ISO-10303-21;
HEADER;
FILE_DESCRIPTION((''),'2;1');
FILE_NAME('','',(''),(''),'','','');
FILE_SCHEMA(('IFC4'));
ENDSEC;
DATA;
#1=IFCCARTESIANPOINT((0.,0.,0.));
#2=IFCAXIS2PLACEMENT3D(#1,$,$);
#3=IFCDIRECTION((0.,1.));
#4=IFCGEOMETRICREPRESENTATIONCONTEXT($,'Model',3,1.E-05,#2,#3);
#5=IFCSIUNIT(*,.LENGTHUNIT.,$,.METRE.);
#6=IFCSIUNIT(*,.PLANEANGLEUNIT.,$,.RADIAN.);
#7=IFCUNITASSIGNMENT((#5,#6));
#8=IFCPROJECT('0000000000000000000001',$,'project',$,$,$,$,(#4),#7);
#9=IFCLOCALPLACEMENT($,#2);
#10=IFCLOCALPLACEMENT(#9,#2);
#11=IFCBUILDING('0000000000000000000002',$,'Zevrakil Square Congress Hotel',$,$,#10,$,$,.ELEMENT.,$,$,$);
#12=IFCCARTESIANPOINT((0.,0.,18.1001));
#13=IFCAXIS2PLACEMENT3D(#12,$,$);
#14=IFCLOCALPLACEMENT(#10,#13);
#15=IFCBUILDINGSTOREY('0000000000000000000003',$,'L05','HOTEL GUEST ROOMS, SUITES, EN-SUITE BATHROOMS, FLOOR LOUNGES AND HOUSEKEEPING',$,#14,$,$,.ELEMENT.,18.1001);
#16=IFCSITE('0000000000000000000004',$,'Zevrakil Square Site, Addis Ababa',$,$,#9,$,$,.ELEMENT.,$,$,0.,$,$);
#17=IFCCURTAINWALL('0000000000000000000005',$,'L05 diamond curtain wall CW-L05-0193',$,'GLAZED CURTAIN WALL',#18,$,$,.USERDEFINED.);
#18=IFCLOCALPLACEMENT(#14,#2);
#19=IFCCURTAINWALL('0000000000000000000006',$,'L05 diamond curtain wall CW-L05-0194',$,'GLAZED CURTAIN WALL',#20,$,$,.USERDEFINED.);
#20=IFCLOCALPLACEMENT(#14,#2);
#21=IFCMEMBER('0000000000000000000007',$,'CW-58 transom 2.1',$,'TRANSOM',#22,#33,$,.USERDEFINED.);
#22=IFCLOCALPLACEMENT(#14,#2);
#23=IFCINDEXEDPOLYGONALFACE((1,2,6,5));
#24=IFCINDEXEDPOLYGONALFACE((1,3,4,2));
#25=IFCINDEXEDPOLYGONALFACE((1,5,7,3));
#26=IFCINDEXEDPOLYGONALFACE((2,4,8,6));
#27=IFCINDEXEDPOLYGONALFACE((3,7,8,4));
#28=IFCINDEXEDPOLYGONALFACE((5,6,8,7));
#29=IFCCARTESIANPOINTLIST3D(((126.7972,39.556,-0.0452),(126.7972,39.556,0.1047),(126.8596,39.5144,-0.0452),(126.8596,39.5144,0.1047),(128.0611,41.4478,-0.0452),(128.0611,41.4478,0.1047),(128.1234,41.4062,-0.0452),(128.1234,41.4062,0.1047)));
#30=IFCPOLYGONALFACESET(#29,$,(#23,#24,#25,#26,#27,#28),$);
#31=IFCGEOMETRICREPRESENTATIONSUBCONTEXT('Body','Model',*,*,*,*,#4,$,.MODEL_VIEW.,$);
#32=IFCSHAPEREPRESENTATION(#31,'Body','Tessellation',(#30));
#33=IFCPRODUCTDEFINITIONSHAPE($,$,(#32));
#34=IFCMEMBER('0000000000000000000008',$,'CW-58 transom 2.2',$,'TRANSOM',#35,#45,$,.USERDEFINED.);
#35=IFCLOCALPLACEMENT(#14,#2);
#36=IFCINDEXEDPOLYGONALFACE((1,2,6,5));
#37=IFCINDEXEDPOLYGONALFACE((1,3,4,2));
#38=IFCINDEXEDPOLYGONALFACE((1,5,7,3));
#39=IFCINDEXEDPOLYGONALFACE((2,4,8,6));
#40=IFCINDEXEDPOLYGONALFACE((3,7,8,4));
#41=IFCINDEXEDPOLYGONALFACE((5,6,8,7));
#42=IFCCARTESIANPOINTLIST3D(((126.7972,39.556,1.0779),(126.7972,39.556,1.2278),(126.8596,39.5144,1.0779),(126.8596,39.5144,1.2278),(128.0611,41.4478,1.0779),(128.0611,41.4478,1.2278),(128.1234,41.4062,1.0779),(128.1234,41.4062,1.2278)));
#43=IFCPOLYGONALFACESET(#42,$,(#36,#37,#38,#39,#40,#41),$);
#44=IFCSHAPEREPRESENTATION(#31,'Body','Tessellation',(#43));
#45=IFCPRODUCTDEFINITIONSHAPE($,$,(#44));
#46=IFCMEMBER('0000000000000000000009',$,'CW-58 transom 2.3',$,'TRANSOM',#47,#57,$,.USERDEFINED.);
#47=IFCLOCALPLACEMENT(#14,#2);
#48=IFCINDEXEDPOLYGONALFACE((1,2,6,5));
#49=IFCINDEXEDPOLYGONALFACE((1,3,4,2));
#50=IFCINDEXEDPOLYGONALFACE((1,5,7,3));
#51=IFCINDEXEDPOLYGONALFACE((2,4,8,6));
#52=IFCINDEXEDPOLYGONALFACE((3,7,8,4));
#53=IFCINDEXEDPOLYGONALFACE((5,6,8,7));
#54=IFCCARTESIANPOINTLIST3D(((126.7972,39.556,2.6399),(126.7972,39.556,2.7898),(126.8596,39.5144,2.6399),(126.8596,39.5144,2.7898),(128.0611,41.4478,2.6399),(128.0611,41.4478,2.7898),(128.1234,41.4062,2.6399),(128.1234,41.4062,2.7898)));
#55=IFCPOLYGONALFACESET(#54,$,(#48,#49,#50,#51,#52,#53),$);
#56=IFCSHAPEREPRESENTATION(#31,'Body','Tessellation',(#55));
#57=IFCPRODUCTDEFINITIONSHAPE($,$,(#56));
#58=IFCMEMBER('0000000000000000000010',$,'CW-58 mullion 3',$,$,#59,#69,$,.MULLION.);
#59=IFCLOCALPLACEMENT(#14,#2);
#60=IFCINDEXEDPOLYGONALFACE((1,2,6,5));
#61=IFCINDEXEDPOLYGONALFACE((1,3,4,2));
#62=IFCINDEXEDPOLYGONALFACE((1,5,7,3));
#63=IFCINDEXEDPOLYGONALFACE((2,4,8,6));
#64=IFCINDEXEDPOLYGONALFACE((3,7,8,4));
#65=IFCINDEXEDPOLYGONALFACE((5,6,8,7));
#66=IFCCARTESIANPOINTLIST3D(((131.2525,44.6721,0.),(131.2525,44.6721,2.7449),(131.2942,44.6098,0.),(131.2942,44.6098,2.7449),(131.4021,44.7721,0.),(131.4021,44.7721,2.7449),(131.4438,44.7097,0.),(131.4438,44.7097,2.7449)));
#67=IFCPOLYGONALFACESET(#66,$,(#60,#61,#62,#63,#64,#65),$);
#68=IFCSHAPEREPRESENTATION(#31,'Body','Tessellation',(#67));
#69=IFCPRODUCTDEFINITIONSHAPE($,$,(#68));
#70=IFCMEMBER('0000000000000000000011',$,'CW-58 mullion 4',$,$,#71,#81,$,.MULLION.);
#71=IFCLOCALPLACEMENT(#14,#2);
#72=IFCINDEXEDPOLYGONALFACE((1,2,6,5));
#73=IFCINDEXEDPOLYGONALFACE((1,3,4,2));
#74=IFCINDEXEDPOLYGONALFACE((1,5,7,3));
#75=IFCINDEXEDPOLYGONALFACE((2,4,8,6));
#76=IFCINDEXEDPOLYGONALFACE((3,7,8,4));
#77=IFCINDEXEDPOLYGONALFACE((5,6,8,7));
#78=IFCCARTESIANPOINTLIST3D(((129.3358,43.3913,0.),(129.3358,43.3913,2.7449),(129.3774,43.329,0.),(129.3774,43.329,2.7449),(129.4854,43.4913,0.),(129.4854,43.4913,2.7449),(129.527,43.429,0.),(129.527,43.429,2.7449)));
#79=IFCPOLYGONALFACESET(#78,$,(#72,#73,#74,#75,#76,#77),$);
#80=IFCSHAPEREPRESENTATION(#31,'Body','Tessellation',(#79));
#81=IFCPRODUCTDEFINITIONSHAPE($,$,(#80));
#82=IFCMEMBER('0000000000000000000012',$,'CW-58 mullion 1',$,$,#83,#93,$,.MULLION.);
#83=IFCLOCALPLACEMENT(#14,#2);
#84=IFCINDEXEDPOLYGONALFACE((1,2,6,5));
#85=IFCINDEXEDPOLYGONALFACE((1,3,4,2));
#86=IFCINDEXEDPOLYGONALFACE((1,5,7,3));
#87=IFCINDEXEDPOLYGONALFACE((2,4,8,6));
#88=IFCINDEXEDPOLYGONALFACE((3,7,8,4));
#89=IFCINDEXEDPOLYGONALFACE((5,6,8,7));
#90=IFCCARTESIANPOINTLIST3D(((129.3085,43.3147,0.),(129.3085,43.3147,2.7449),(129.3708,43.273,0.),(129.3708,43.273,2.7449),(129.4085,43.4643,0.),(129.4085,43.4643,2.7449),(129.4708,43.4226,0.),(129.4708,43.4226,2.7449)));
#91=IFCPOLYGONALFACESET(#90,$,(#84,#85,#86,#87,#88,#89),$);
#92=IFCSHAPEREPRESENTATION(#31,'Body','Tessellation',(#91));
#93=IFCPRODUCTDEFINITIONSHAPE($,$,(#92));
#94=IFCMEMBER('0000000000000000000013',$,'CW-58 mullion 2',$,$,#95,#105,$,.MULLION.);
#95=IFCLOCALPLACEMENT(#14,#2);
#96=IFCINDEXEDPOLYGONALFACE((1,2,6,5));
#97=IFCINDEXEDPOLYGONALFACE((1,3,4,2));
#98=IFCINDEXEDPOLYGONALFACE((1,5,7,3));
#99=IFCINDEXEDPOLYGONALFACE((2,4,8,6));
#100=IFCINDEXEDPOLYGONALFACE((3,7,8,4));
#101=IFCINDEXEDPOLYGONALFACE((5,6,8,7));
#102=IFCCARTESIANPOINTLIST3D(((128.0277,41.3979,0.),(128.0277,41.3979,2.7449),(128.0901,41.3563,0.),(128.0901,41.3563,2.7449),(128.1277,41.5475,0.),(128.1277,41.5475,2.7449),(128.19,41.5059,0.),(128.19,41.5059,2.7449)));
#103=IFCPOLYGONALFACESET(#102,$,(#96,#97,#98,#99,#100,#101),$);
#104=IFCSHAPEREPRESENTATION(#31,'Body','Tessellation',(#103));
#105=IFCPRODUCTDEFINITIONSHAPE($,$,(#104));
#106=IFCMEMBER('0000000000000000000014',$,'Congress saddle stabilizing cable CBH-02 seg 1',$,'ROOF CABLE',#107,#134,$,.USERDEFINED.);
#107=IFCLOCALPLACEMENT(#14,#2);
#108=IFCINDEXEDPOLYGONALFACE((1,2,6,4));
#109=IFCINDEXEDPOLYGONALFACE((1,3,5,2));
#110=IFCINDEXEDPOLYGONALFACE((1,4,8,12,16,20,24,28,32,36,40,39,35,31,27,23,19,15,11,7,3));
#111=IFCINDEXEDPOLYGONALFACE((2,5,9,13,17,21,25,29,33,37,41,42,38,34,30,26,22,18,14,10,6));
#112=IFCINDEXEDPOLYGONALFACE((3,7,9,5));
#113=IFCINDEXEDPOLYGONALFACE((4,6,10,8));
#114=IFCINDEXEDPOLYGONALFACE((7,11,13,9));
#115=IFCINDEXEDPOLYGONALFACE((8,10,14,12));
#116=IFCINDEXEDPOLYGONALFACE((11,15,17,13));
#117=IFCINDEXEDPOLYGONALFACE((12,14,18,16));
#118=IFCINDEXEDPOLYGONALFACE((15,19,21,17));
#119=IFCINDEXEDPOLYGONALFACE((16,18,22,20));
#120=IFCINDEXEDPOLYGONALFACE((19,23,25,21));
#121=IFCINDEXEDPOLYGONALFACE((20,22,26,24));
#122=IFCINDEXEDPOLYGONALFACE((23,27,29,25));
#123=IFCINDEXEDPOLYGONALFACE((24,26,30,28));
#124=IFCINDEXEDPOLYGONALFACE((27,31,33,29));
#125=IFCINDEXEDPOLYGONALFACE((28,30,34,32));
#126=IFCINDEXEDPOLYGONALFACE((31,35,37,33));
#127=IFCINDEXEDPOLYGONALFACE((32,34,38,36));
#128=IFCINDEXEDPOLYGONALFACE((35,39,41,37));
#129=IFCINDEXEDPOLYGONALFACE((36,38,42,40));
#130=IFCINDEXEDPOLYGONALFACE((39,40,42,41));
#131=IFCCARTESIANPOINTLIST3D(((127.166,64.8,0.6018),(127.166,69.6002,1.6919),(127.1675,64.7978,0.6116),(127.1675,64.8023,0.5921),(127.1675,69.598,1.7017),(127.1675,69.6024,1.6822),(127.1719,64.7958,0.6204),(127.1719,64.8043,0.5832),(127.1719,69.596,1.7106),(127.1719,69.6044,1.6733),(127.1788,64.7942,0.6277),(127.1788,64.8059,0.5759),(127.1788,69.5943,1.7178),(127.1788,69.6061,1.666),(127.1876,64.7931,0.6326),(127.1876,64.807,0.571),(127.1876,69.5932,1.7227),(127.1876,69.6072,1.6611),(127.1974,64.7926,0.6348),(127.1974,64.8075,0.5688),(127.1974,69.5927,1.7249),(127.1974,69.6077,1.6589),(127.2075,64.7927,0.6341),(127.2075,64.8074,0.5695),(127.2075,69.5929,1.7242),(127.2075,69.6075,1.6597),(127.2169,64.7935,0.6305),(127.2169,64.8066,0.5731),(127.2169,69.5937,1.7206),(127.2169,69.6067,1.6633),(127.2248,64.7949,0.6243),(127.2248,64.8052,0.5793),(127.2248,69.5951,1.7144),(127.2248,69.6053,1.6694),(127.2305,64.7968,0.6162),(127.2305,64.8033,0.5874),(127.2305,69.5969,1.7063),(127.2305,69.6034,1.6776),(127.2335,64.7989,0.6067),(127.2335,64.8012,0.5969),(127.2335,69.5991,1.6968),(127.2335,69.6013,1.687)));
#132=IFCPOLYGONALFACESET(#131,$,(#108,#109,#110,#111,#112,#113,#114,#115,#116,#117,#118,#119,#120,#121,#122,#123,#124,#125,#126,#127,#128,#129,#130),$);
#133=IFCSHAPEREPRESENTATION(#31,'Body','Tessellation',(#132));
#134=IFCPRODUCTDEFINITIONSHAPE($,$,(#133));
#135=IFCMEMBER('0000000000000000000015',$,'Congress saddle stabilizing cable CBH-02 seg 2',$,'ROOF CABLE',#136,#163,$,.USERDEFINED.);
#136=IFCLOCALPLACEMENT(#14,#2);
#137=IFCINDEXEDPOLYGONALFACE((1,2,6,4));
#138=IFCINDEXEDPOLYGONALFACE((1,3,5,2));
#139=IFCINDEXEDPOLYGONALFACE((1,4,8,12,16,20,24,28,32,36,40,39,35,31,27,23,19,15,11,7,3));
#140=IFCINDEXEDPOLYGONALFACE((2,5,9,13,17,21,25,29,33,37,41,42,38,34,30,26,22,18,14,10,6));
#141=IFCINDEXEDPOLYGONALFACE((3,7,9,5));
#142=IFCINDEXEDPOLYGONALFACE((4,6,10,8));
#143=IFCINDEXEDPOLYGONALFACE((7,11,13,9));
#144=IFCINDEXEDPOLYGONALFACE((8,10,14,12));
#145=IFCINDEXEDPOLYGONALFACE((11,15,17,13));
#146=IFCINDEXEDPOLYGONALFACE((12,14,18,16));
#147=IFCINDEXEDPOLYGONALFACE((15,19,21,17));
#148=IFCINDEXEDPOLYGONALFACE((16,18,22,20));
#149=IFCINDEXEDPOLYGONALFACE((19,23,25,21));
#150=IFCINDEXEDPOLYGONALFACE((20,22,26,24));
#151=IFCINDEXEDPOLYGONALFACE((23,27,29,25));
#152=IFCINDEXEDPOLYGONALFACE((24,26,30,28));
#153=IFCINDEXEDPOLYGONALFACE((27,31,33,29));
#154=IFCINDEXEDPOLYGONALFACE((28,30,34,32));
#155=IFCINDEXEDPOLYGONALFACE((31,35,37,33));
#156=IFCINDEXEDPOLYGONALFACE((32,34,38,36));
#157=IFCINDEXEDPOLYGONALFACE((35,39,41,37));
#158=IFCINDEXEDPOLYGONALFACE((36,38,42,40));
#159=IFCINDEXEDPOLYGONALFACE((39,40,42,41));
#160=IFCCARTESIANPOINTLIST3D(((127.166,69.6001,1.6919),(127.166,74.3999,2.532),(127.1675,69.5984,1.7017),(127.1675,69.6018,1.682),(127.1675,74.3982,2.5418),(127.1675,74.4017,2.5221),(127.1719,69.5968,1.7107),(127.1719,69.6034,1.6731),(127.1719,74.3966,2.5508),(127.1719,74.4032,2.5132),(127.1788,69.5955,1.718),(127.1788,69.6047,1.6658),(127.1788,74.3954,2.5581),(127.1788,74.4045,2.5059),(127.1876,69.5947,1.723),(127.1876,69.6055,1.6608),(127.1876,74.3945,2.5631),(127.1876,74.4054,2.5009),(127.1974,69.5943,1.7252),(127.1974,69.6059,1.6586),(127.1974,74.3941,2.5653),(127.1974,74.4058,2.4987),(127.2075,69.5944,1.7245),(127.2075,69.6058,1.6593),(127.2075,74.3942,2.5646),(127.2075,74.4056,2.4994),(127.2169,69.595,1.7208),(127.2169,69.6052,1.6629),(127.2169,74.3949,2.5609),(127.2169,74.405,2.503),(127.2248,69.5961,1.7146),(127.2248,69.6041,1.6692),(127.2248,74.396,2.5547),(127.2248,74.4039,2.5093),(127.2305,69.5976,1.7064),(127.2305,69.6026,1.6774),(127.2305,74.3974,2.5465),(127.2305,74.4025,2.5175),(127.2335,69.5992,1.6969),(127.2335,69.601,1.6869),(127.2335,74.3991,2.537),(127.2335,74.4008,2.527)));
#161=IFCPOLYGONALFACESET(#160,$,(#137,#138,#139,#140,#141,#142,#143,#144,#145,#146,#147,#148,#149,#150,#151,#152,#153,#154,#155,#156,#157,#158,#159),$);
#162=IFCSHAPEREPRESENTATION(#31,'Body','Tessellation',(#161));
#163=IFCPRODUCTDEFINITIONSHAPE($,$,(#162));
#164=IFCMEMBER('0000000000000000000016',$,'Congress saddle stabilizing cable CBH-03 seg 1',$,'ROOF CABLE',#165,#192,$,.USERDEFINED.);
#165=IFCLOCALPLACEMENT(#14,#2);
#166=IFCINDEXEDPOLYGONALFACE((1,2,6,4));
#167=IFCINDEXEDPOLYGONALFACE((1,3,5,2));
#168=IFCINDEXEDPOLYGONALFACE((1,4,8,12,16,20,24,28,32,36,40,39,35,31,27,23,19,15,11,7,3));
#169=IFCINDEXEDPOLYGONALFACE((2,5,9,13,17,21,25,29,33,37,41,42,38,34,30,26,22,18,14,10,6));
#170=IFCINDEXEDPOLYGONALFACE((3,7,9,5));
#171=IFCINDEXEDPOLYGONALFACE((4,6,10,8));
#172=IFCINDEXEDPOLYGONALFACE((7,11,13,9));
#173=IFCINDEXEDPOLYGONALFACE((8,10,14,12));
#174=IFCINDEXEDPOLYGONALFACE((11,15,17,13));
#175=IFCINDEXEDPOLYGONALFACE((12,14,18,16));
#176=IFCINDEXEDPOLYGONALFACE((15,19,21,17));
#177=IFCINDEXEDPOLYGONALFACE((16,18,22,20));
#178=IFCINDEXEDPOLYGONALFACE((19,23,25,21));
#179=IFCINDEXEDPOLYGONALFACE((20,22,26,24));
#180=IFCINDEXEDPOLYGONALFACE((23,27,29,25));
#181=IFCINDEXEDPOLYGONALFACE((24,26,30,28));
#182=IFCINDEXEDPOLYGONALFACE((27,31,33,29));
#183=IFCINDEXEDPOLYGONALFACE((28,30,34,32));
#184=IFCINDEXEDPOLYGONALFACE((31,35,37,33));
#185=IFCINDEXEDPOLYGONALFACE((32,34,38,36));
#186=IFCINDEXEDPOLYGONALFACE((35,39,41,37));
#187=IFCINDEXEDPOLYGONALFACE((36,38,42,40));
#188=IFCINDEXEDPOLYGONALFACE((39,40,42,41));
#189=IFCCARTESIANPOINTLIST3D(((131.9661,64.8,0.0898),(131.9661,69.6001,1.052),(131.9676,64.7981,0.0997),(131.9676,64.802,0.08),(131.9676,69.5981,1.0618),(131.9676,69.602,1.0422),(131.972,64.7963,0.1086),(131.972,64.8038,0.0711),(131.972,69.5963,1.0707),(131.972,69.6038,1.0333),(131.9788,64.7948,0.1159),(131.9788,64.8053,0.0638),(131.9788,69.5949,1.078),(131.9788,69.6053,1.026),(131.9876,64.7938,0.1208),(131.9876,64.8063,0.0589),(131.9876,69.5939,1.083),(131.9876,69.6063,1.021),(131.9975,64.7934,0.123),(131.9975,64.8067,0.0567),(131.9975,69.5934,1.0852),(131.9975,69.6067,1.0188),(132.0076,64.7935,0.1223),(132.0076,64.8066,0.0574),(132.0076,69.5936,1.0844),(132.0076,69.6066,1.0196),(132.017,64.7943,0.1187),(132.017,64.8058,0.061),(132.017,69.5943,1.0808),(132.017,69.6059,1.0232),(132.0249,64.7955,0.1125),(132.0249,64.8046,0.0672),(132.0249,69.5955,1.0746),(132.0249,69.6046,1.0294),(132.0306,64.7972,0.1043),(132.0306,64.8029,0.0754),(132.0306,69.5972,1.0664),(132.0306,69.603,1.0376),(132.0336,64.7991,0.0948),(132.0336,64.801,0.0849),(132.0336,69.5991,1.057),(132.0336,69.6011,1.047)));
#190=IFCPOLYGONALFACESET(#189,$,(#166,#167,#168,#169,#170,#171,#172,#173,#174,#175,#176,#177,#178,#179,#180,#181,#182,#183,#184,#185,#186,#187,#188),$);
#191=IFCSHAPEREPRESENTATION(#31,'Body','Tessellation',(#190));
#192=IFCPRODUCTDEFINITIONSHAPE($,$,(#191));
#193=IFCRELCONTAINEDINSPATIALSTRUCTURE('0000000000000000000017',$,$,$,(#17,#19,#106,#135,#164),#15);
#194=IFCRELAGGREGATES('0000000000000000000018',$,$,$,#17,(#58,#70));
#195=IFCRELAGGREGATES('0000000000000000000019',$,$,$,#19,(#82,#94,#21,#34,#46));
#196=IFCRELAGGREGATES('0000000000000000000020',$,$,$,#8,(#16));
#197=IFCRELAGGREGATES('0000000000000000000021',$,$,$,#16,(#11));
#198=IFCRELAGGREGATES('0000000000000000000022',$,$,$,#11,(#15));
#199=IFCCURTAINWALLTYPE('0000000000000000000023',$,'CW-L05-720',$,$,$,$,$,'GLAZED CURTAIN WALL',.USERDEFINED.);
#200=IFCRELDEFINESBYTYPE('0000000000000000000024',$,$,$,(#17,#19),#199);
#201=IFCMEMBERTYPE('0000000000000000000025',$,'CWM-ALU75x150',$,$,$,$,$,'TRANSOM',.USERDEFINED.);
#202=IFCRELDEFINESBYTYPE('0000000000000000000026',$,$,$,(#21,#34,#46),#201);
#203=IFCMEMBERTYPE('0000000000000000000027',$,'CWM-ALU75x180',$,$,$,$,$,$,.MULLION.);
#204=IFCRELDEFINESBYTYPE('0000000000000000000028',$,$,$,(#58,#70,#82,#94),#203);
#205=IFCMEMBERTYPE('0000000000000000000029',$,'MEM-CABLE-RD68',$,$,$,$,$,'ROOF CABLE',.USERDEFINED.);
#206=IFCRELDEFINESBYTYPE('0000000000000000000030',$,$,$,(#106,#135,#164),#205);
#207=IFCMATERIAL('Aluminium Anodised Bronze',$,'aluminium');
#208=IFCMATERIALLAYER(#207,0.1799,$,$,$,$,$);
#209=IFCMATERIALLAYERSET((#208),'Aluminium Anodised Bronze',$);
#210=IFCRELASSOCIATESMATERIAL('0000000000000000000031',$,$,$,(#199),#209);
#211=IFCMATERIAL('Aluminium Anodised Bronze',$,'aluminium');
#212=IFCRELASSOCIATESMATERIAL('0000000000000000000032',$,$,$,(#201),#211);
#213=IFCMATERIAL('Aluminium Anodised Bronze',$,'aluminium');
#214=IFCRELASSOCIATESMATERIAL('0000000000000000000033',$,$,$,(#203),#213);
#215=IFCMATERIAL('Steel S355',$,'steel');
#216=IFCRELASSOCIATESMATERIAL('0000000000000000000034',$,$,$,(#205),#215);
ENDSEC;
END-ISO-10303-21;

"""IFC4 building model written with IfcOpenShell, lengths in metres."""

from ifc_helpers import new_model, si_unit, direction, frame, origin, origin_2d, place, context, subcontext, project, spatial, rectangle, circle, extrude, material, layer, layer_set, material_profile, profile_set, type_object, element, aggregate, save


model = new_model("IFC4")

# Units and contexts
model_context = context("Model", 3, precision=1e-05, world=origin(), true_north=direction((0.0, 1.0)))
body_context = subcontext(model_context, "Body", "Model", "MODEL_VIEW")
ifc_project = project(units=[si_unit("LENGTHUNIT", "METRE"), si_unit("PLANEANGLEUNIT", "RADIAN")], contexts=[model_context])

# Site, building, storey
site_placement = place(None, origin())
site = spatial("IfcSite", under=ifc_project, at=site_placement, Name="Zevrakil Square Site, Addis Ababa", CompositionType="ELEMENT", RefElevation=0.0)
building_placement = place(site_placement, origin())
building = spatial("IfcBuilding", under=site, at=building_placement, Name="Zevrakil Square Congress Hotel", CompositionType="ELEMENT")
storey_placement = place(building_placement, frame((0.0, 0.0, 18.1001)))
storey = spatial("IfcBuildingStorey", under=building, at=storey_placement, Name="L05", Description="HOTEL GUEST ROOMS, SUITES, EN-SUITE BATHROOMS, FLOOR LOUNGES AND HOUSEKEEPING", CompositionType="ELEMENT", Elevation=18.1001)

# Curtain walls, members
ifc_material_1 = material(Name="Aluminium Anodised Bronze", Category="aluminium")
ifc_layer_1 = layer(ifc_material_1, 0.1799)
ifc_layer_set_1 = layer_set([ifc_layer_1], Name="Aluminium Anodised Bronze")
curtain_wall_type = type_object("IfcCurtainWallType", Name="CW-L05-720", ElementType="GLAZED CURTAIN WALL", PredefinedType="USERDEFINED", material=ifc_layer_set_1)
curtain_wall_1_placement = place(storey_placement, origin())
curtain_wall_1 = element("IfcCurtainWall", 1, at=curtain_wall_1_placement, inside=storey, type_object=curtain_wall_type, Name="L05 diamond curtain wall CW-L05-0193", ObjectType="GLAZED CURTAIN WALL", PredefinedType="USERDEFINED")
ifc_material_2 = material(Name="Aluminium Anodised Bronze", Category="aluminium")
ifc_material_profile_1 = material_profile(ifc_material_2, rectangle(XDim=0.075, YDim=0.1499, at=origin_2d()), Name="ALU 75x150")
ifc_profile_set_1 = profile_set([ifc_material_profile_1], Name="Aluminium Anodised Bronze")
member_type_1 = type_object("IfcMemberType", Name="CWM-ALU75x150", ElementType="TRANSOM", PredefinedType="USERDEFINED", material=ifc_profile_set_1)
curtain_wall_2_placement = place(storey_placement, origin())
curtain_wall_2 = element("IfcCurtainWall", 2, at=curtain_wall_2_placement, inside=storey, type_object=curtain_wall_type, Name="L05 diamond curtain wall CW-L05-0194", ObjectType="GLAZED CURTAIN WALL", PredefinedType="USERDEFINED")
member_1_placement = place(storey_placement, frame((128.0923, 41.427, 0.0298), z_axis=(-0.555517, -0.831505, 0.0), x_axis=(0.831505, -0.555517, 0.0)))
member_1 = element("IfcMember", 3, at=member_1_placement, type_object=member_type_1, Name="CW-58 transom 2.1", ObjectType="TRANSOM", PredefinedType="USERDEFINED", context=body_context, shape_type="SweptSolid", body=[
    extrude(rectangle(XDim=0.075, YDim=0.1499, at=origin_2d()), origin(), (0.0, 0.0, 1.0), 2.2751),
])
member_2_placement = place(storey_placement, frame((128.0923, 41.427, 1.1528), z_axis=(-0.555517, -0.831505, 0.0), x_axis=(0.831505, -0.555517, 0.0)))
member_2 = element("IfcMember", 4, at=member_2_placement, type_object=member_type_1, Name="CW-58 transom 2.2", ObjectType="TRANSOM", PredefinedType="USERDEFINED", context=body_context, shape_type="SweptSolid", body=[
    extrude(rectangle(XDim=0.075, YDim=0.1499, at=origin_2d()), origin(), (0.0, 0.0, 1.0), 2.2751),
])
member_3_placement = place(storey_placement, frame((128.0923, 41.427, 2.7148), z_axis=(-0.555517, -0.831505, 0.0), x_axis=(0.831505, -0.555517, 0.0)))
member_3 = element("IfcMember", 5, at=member_3_placement, type_object=member_type_1, Name="CW-58 transom 2.3", ObjectType="TRANSOM", PredefinedType="USERDEFINED", context=body_context, shape_type="SweptSolid", body=[
    extrude(rectangle(XDim=0.075, YDim=0.1499, at=origin_2d()), origin(), (0.0, 0.0, 1.0), 2.2751),
])

# Members
ifc_material_3 = material(Name="Aluminium Anodised Bronze", Category="aluminium")
ifc_material_profile_2 = material_profile(ifc_material_3, rectangle(XDim=0.075, YDim=0.1799, at=origin_2d()), Name="ALU 75x180")
ifc_profile_set_2 = profile_set([ifc_material_profile_2], Name="Aluminium Anodised Bronze")
member_type_2 = type_object("IfcMemberType", Name="CWM-ALU75x180", PredefinedType="MULLION", material=ifc_profile_set_2)
member_4_placement = place(storey_placement, frame((131.3481, 44.6909, 0.0), z_axis=(0.0, 0.0, 1.0), x_axis=(0.555576, -0.831466, 0.0)))
member_4 = element("IfcMember", 6, at=member_4_placement, type_object=member_type_2, Name="CW-58 mullion 3", PredefinedType="MULLION", context=body_context, shape_type="SweptSolid", body=[
    extrude(rectangle(XDim=0.075, YDim=0.1799, at=origin_2d()), origin(), (0.0, 0.0, 1.0), 2.7449),
])
member_5_placement = place(storey_placement, frame((129.4314, 43.4102, 0.0), z_axis=(0.0, 0.0, 1.0), x_axis=(0.555576, -0.831466, 0.0)))
member_5 = element("IfcMember", 7, at=member_5_placement, type_object=member_type_2, Name="CW-58 mullion 4", PredefinedType="MULLION", context=body_context, shape_type="SweptSolid", body=[
    extrude(rectangle(XDim=0.075, YDim=0.1799, at=origin_2d()), origin(), (0.0, 0.0, 1.0), 2.7449),
])
member_6_placement = place(storey_placement, frame((129.3896, 43.3687, 0.0), z_axis=(0.0, 0.0, 1.0), x_axis=(0.831466, -0.555576, 0.0)))
member_6 = element("IfcMember", 8, at=member_6_placement, type_object=member_type_2, Name="CW-58 mullion 1", PredefinedType="MULLION", context=body_context, shape_type="SweptSolid", body=[
    extrude(rectangle(XDim=0.075, YDim=0.1799, at=origin_2d()), origin(), (0.0, 0.0, 1.0), 2.7449),
])
member_7_placement = place(storey_placement, frame((128.1089, 41.4519, 0.0), z_axis=(0.0, 0.0, 1.0), x_axis=(0.831466, -0.555576, 0.0)))
member_7 = element("IfcMember", 9, at=member_7_placement, type_object=member_type_2, Name="CW-58 mullion 2", PredefinedType="MULLION", context=body_context, shape_type="SweptSolid", body=[
    extrude(rectangle(XDim=0.075, YDim=0.1799, at=origin_2d()), origin(), (0.0, 0.0, 1.0), 2.7449),
])

# Members
ifc_material_4 = material(Name="Steel S355", Category="steel")
ifc_material_profile_3 = material_profile(ifc_material_4, circle(Radius=0.0339, at=origin_2d()), Name="CABLE RD68")
ifc_profile_set_3 = profile_set([ifc_material_profile_3], Name="Steel S355")
member_type_3 = type_object("IfcMemberType", Name="MEM-CABLE-RD68", ElementType="ROOF CABLE", PredefinedType="USERDEFINED", material=ifc_profile_set_3)
member_8_placement = place(storey_placement, frame((127.2, 64.8, 0.6018), z_axis=(0.0, 0.975169, 0.22146), x_axis=(-1.0, 0.0, 0.0)))
element("IfcMember", 10, at=member_8_placement, inside=storey, type_object=member_type_3, Name="Congress saddle stabilizing cable CBH-02 seg 1", ObjectType="ROOF CABLE", PredefinedType="USERDEFINED", context=body_context, shape_type="SweptSolid", body=[
    extrude(circle(Radius=0.0339, at=origin_2d()), origin(), (0.0, 0.0, 1.0), 4.9224),
])
member_9_placement = place(storey_placement, frame((127.2, 69.6001, 1.6919), z_axis=(0.0, 0.985026, 0.172405), x_axis=(-1.0, 0.0, 0.0)))
element("IfcMember", 11, at=member_9_placement, inside=storey, type_object=member_type_3, Name="Congress saddle stabilizing cable CBH-02 seg 2", ObjectType="ROOF CABLE", PredefinedType="USERDEFINED", context=body_context, shape_type="SweptSolid", body=[
    extrude(circle(Radius=0.0339, at=origin_2d()), origin(), (0.0, 0.0, 1.0), 4.8728),
])
member_10_placement = place(storey_placement, frame((132.0, 64.8, 0.0898), z_axis=(0.0, 0.980496, 0.196538), x_axis=(-1.0, 0.0, 0.0)))
element("IfcMember", 12, at=member_10_placement, inside=storey, type_object=member_type_3, Name="Congress saddle stabilizing cable CBH-03 seg 1", ObjectType="ROOF CABLE", PredefinedType="USERDEFINED", context=body_context, shape_type="SweptSolid", body=[
    extrude(circle(Radius=0.0339, at=origin_2d()), origin(), (0.0, 0.0, 1.0), 4.8955),
])

aggregate(curtain_wall_1, [member_4, member_5])
aggregate(curtain_wall_2, [member_6, member_7, member_1, member_2, member_3])

save(model, "model.ifc")
